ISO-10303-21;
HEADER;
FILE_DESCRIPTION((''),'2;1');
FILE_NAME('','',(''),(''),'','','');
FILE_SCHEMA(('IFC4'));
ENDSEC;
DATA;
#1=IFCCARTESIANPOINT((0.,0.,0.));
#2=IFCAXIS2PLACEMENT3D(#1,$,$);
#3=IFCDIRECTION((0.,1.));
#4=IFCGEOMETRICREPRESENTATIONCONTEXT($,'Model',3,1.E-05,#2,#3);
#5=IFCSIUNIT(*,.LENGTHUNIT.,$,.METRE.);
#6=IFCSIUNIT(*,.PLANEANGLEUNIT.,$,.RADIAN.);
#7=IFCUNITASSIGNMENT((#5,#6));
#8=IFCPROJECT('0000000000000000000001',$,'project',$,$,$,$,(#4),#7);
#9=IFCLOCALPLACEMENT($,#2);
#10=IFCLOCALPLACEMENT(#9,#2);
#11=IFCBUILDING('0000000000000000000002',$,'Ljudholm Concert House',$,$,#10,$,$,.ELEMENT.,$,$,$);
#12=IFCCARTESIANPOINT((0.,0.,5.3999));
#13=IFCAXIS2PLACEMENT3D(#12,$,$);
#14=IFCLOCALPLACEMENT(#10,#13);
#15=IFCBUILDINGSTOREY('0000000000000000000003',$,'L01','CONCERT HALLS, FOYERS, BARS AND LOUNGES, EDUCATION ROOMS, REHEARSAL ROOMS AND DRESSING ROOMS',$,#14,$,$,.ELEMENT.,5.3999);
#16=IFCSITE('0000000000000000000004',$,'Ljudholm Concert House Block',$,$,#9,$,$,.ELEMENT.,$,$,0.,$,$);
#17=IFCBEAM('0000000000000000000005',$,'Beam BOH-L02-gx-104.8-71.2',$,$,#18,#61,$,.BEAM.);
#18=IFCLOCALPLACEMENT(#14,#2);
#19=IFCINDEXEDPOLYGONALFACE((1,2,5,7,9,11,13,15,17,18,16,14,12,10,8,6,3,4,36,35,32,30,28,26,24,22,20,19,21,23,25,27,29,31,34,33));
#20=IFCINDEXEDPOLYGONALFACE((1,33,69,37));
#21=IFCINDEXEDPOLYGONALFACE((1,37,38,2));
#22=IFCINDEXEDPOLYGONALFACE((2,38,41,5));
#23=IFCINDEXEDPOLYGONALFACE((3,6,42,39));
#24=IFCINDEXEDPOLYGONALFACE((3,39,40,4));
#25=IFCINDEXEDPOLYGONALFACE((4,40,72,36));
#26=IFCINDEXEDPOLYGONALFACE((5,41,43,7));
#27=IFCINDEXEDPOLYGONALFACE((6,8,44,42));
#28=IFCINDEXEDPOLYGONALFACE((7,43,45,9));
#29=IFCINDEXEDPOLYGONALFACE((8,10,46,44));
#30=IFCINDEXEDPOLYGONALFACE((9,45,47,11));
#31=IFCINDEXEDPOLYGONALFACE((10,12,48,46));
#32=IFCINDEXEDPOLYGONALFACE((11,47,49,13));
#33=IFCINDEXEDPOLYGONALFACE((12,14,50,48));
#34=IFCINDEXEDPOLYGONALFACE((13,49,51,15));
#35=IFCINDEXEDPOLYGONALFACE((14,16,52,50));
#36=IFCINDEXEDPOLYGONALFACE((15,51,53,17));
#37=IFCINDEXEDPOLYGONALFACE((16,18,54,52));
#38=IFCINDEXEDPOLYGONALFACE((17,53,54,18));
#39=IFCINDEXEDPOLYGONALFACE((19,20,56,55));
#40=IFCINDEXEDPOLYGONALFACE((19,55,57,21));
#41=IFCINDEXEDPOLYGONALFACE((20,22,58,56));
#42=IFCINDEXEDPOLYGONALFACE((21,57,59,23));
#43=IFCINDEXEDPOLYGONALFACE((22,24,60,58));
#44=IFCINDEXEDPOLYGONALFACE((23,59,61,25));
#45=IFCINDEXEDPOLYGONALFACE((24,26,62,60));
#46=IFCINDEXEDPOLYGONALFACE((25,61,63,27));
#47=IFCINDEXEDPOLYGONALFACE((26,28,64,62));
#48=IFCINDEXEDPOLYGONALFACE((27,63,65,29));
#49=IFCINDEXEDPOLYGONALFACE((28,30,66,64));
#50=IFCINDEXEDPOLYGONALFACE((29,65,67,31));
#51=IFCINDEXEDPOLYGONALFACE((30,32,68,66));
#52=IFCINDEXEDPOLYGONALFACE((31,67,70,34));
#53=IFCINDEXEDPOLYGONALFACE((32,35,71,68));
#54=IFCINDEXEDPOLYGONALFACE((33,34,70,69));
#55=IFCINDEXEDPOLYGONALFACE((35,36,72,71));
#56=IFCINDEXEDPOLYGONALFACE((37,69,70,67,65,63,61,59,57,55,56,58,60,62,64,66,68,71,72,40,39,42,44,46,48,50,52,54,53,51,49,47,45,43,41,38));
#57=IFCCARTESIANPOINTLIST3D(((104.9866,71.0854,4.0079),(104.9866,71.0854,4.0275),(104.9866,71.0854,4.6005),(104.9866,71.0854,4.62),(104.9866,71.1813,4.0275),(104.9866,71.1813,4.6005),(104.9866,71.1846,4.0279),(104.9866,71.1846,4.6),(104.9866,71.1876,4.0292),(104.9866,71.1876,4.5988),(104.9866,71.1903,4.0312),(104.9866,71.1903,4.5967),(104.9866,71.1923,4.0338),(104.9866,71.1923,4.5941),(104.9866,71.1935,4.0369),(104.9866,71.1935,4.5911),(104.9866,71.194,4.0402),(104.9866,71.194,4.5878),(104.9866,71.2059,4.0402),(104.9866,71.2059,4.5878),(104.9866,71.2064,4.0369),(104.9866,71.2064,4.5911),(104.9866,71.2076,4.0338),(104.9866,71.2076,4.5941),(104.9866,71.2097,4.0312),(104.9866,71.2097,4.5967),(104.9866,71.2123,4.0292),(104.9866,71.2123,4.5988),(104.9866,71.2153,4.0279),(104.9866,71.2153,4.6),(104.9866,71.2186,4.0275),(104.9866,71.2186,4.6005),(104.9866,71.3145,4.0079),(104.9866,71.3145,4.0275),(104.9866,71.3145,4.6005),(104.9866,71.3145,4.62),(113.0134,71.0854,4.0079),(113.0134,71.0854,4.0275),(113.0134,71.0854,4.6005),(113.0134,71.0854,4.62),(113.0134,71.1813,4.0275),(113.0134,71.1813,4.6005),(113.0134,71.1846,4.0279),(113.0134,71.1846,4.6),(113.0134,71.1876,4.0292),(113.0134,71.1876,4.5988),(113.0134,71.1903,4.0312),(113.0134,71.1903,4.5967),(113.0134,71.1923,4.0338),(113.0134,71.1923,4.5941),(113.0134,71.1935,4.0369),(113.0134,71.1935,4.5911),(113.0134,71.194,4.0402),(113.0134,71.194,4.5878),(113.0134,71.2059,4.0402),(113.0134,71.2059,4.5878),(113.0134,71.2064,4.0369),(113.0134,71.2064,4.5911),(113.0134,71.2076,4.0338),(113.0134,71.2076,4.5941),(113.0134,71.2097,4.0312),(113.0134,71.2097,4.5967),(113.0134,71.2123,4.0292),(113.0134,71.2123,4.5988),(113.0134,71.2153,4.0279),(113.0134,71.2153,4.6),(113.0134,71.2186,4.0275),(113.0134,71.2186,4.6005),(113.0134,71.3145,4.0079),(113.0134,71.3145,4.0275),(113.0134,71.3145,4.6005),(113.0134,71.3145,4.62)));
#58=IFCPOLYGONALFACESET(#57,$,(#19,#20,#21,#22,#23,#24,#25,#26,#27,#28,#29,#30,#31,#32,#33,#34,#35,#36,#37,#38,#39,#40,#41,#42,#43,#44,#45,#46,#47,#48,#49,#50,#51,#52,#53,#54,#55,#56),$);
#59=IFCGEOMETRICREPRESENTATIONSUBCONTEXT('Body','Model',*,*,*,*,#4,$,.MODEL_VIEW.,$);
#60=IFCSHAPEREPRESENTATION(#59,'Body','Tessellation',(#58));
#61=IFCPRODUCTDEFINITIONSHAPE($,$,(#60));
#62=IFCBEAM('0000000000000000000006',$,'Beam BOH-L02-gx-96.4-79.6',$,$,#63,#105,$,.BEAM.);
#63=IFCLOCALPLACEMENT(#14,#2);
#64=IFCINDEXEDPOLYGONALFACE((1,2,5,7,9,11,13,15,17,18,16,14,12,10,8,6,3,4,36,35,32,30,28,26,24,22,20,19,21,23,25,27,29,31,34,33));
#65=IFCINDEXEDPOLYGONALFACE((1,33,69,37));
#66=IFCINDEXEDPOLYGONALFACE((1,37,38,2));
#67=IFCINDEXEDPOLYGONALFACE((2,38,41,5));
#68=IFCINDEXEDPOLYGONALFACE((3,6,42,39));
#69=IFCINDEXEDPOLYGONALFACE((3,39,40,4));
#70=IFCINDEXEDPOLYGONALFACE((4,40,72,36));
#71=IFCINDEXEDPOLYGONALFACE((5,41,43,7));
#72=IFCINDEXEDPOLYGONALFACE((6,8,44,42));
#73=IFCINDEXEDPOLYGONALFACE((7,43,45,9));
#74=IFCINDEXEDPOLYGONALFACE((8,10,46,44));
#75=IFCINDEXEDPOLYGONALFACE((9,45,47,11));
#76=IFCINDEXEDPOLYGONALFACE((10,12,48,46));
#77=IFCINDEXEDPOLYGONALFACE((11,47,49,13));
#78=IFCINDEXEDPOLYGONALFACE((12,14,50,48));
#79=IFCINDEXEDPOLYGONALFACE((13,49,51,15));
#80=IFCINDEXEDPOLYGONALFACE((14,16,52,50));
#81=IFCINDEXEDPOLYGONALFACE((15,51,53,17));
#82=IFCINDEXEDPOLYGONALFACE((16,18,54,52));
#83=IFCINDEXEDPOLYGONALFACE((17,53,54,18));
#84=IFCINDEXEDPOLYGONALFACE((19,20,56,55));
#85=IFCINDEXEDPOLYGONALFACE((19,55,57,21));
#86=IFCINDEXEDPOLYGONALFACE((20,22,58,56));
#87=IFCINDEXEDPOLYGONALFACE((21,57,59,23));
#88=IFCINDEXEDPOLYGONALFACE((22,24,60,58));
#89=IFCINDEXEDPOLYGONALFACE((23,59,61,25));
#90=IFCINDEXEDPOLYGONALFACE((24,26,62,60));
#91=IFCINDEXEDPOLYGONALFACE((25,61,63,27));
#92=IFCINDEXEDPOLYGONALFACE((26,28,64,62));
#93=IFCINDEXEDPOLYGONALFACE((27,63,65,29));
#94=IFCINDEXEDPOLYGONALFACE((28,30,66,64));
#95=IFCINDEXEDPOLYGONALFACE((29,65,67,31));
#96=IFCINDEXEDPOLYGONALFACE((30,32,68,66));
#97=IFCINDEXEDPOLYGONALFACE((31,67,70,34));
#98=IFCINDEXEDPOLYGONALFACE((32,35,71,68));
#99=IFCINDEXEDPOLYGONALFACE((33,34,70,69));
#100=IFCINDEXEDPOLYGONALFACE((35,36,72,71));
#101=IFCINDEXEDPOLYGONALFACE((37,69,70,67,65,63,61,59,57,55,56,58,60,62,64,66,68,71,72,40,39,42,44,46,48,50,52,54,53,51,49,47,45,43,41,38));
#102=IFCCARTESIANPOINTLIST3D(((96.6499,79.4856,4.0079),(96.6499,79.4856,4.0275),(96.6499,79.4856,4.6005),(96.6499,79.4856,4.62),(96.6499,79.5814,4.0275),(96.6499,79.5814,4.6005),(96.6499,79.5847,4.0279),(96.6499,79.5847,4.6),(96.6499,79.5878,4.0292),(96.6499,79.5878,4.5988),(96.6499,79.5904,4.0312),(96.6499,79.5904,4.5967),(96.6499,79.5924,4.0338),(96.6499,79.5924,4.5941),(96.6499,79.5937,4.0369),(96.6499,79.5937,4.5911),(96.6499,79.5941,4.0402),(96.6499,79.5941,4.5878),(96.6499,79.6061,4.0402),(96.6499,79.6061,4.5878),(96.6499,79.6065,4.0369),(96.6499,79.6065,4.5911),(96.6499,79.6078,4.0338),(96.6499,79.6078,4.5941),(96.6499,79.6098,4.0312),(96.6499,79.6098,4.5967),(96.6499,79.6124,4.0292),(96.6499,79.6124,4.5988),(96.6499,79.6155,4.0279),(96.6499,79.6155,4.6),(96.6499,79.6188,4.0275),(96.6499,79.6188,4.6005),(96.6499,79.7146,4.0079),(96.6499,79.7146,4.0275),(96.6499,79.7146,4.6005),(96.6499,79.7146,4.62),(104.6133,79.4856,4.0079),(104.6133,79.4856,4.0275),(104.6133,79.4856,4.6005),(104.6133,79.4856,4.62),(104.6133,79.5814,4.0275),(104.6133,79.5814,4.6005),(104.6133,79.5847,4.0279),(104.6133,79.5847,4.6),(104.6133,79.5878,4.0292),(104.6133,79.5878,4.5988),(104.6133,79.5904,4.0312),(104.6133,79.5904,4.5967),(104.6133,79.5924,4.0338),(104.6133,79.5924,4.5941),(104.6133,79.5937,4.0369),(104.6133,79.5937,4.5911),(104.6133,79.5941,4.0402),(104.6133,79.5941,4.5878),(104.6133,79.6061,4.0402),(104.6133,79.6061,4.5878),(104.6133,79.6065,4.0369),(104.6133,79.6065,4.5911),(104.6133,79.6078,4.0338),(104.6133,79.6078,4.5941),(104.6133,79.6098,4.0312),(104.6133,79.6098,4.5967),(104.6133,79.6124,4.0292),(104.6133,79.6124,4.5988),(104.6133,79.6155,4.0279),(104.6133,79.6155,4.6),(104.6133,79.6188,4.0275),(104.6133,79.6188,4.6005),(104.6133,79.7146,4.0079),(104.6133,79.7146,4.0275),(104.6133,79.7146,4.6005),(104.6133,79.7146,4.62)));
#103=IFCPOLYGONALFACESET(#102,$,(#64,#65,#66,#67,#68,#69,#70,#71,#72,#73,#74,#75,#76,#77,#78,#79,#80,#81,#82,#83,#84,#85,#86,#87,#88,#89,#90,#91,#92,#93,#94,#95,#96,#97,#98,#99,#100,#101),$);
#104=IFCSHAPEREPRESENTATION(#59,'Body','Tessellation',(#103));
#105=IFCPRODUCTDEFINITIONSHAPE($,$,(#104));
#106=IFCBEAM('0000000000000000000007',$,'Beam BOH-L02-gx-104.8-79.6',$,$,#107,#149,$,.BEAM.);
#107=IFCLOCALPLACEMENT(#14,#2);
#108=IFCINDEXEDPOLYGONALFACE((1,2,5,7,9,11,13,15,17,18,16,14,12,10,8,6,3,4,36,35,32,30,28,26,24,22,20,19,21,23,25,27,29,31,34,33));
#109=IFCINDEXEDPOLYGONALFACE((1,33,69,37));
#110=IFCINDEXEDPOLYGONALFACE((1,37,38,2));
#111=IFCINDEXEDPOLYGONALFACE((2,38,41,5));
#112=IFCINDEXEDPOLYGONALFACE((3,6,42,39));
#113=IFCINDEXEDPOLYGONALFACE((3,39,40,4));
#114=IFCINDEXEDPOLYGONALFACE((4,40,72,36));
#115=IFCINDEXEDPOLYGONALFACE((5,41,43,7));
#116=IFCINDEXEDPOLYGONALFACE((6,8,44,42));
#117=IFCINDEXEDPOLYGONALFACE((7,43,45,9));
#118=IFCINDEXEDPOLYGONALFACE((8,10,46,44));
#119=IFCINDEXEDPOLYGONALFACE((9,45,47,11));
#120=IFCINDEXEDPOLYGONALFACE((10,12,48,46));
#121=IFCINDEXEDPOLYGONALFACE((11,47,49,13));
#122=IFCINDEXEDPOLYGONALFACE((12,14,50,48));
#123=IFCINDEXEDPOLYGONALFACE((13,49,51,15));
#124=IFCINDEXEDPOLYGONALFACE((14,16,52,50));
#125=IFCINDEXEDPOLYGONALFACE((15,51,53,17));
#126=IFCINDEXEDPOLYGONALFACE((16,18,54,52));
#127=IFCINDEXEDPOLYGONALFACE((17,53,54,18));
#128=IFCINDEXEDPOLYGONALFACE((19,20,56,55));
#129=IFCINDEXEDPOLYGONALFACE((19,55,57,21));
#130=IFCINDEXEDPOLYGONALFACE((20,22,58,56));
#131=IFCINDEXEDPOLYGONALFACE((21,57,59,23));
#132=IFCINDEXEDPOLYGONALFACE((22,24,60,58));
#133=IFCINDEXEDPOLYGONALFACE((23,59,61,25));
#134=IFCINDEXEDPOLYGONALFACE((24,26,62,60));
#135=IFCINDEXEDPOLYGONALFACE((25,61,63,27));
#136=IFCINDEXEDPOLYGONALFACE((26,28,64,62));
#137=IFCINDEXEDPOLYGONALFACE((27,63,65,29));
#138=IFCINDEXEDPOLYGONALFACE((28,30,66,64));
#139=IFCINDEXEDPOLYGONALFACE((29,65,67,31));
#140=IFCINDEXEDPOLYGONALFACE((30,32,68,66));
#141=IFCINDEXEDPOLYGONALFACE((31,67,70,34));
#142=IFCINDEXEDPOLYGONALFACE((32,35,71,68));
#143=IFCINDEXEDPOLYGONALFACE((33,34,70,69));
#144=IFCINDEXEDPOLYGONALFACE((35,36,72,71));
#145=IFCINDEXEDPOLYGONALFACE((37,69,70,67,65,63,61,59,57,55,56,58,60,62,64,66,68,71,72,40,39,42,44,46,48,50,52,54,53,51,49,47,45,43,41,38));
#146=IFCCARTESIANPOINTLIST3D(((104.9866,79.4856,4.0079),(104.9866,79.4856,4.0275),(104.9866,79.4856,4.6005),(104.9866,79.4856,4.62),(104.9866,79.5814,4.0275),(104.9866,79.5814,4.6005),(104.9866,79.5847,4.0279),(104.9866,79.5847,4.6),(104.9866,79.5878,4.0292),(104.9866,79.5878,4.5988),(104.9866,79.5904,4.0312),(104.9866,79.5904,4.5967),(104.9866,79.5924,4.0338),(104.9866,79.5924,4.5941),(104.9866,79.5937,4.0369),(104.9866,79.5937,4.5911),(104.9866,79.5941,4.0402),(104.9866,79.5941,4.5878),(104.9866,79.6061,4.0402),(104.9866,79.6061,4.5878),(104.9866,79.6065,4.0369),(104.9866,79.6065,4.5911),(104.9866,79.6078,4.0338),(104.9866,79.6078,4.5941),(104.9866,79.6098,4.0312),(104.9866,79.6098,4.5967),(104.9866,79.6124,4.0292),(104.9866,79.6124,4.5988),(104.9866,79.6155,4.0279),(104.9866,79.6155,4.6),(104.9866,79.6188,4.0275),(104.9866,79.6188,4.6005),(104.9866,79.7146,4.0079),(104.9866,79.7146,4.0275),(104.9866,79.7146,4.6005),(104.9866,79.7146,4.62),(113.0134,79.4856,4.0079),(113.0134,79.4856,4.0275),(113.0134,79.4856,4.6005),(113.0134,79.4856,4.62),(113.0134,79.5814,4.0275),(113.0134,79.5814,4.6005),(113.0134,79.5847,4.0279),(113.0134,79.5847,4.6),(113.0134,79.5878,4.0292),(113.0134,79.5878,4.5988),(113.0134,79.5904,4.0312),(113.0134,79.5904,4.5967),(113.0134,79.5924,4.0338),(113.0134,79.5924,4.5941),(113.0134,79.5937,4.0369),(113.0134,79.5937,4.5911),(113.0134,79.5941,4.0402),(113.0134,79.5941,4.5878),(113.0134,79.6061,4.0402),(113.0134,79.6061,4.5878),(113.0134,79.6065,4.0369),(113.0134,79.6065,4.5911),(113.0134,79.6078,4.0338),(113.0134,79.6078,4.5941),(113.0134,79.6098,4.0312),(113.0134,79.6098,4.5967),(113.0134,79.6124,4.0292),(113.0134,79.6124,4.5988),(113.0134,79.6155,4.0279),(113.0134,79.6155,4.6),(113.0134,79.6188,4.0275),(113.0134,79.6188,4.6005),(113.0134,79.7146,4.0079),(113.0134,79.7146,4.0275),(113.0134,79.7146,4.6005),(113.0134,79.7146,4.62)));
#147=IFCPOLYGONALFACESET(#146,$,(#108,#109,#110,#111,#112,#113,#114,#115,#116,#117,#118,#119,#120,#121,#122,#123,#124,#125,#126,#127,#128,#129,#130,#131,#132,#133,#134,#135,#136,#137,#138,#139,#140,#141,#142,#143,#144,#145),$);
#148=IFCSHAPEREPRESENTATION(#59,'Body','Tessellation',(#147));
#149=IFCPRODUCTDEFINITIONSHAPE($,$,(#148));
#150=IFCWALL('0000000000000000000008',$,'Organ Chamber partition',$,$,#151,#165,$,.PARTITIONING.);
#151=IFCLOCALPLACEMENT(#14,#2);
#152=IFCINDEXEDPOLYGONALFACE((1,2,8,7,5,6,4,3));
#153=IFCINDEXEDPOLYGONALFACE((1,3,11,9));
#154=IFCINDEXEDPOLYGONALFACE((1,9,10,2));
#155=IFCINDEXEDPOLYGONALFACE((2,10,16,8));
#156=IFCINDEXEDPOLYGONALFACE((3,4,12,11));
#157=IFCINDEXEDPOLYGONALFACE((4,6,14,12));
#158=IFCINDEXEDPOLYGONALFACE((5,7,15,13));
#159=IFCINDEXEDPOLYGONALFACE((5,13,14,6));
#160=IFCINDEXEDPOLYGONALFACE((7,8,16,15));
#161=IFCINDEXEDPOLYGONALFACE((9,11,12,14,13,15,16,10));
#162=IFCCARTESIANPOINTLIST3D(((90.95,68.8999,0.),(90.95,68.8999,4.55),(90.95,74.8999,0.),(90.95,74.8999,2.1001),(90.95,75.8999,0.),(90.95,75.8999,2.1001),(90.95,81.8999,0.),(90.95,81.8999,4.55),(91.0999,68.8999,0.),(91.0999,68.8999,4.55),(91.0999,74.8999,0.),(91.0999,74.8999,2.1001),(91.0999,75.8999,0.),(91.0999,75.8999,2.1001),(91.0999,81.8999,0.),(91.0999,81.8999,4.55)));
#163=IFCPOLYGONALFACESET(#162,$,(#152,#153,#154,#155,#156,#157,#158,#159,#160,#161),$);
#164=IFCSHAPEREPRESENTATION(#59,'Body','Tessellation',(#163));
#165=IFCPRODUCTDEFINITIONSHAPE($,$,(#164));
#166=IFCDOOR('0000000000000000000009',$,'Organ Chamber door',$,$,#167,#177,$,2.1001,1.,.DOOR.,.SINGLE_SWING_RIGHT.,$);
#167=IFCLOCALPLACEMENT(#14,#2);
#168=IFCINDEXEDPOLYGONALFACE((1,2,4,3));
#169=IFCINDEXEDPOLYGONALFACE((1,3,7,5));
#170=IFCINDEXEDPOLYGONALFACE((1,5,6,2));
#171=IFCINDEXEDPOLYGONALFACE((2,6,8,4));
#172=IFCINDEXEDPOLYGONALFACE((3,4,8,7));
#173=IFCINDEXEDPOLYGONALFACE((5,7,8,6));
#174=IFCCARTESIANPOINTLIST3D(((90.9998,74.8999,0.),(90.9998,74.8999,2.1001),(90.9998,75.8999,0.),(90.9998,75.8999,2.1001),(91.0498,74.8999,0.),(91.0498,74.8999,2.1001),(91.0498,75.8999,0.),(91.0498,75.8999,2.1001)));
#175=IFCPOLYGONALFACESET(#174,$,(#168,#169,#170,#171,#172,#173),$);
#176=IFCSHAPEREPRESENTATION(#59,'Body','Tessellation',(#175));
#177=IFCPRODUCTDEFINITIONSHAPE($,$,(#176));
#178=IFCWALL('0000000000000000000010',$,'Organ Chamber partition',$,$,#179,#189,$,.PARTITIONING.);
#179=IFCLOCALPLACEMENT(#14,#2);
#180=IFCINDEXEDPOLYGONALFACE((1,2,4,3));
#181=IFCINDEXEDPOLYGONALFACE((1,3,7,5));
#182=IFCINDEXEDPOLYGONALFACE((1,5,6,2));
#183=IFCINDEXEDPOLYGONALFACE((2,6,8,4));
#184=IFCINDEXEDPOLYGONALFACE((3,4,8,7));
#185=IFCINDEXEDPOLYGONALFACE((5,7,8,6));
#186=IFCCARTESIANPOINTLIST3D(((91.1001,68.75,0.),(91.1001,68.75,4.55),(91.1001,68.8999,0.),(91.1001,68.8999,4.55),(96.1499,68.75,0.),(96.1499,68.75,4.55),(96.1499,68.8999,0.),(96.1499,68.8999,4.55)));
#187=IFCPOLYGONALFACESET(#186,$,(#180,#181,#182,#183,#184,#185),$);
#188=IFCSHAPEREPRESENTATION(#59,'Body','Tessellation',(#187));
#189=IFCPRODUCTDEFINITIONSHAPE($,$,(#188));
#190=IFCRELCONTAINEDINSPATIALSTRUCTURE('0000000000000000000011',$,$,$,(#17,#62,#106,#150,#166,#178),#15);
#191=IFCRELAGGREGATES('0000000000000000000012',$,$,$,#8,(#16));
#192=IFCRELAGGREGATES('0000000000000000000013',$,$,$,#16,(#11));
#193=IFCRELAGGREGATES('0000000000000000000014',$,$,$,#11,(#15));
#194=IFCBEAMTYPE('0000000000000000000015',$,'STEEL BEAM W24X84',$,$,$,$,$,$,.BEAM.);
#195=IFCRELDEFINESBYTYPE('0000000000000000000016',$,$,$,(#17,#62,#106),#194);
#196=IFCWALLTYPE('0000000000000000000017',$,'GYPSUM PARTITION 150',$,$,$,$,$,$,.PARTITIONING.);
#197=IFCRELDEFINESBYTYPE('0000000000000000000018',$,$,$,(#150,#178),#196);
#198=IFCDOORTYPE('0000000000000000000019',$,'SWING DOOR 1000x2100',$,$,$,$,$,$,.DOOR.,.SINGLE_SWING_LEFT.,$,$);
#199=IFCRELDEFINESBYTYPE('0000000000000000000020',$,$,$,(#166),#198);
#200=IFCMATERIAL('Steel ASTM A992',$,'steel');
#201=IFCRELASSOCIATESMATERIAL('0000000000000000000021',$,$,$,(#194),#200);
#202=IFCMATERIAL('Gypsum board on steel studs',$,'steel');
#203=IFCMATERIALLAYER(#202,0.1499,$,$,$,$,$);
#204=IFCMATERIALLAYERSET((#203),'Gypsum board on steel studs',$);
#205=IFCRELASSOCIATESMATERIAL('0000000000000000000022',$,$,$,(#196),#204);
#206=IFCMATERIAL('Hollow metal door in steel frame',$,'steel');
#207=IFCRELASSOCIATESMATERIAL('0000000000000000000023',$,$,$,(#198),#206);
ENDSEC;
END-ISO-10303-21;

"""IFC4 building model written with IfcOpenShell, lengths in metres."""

from ifc_helpers import new_model, si_unit, direction, frame, frame_2d, origin, origin_2d, place, context, subcontext, project, spatial, rectangle, i_section, extrude, material, layer, layer_set, material_profile, profile_set, type_object, element, fill, save


model = new_model("IFC4")

# Units and contexts
model_context = context("Model", 3, precision=1e-05, world=origin(), true_north=direction((0.0, 1.0)))
body_context = subcontext(model_context, "Body", "Model", "MODEL_VIEW")
ifc_project = project(units=[si_unit("LENGTHUNIT", "METRE"), si_unit("PLANEANGLEUNIT", "RADIAN")], contexts=[model_context])

# Site, building, storey
site_placement = place(None, origin())
site = spatial("IfcSite", under=ifc_project, at=site_placement, Name="Ljudholm Concert House Block", CompositionType="ELEMENT", RefElevation=0.0)
building_placement = place(site_placement, origin())
building = spatial("IfcBuilding", under=site, at=building_placement, Name="Ljudholm Concert House", CompositionType="ELEMENT")
storey_placement = place(building_placement, frame((0.0, 0.0, 5.3999)))
storey = spatial("IfcBuildingStorey", under=building, at=storey_placement, Name="L01", Description="CONCERT HALLS, FOYERS, BARS AND LOUNGES, EDUCATION ROOMS, REHEARSAL ROOMS AND DRESSING ROOMS", CompositionType="ELEMENT", Elevation=5.3999)

# Beams
ifc_material_1 = material(Name="Steel ASTM A992", Category="steel")
ifc_material_profile_1 = material_profile(ifc_material_1, i_section(OverallWidth=0.229, OverallDepth=0.6121, WebThickness=0.012, FlangeThickness=0.0195, FilletRadius=0.0127, at=origin_2d()), Name="W24X84")
ifc_profile_set_1 = profile_set([ifc_material_profile_1], Name="Steel ASTM A992")
beam_type_1 = type_object("IfcBeamType", Name="STEEL BEAM W24X84", PredefinedType="BEAM", material=ifc_profile_set_1)
beam_1_placement = place(storey_placement, frame((104.9866, 71.2, 4.314), z_axis=(1.0, 0.0, 0.0), x_axis=(0.0, 1.0, 0.0)))
element("IfcBeam", 1, at=beam_1_placement, inside=storey, type_object=beam_type_1, Name="Beam BOH-L02-gx-104.8-71.2", PredefinedType="BEAM", context=body_context, shape_type="SweptSolid", body=[
    extrude(i_section(OverallWidth=0.229, OverallDepth=0.6121, WebThickness=0.012, FlangeThickness=0.0195, FilletRadius=0.0127, at=origin_2d()), origin(), (0.0, 0.0, 1.0), 8.0269),
])
beam_2_placement = place(storey_placement, frame((96.6499, 79.6001, 4.314), z_axis=(1.0, 0.0, 0.0), x_axis=(0.0, 1.0, 0.0)))
element("IfcBeam", 2, at=beam_2_placement, inside=storey, type_object=beam_type_1, Name="Beam BOH-L02-gx-96.4-79.6", PredefinedType="BEAM", context=body_context, shape_type="SweptSolid", body=[
    extrude(i_section(OverallWidth=0.229, OverallDepth=0.6121, WebThickness=0.012, FlangeThickness=0.0195, FilletRadius=0.0127, at=origin_2d()), origin(), (0.0, 0.0, 1.0), 7.9634),
])
beam_3_placement = place(storey_placement, frame((104.9866, 79.6001, 4.314), z_axis=(1.0, 0.0, 0.0), x_axis=(0.0, 1.0, 0.0)))
element("IfcBeam", 3, at=beam_3_placement, inside=storey, type_object=beam_type_1, Name="Beam BOH-L02-gx-104.8-79.6", PredefinedType="BEAM", context=body_context, shape_type="SweptSolid", body=[
    extrude(i_section(OverallWidth=0.229, OverallDepth=0.6121, WebThickness=0.012, FlangeThickness=0.0195, FilletRadius=0.0127, at=origin_2d()), origin(), (0.0, 0.0, 1.0), 8.0269),
])

# Wall, opening, door
ifc_material_2 = material(Name="Gypsum board on steel studs", Category="steel")
ifc_layer = layer(ifc_material_2, 0.1499)
ifc_layer_set = layer_set([ifc_layer], Name="Gypsum board on steel studs")
wall_type = type_object("IfcWallType", Name="GYPSUM PARTITION 150", PredefinedType="PARTITIONING", material=ifc_layer_set)
wall_1_placement = place(storey_placement, frame((91.0249, 68.8999, 0.0), z_axis=(0.0, 0.0, 1.0), x_axis=(0.0, 1.0, 0.0)))
wall_1 = element("IfcWall", 4, at=wall_1_placement, inside=storey, type_object=wall_type, Name="Organ Chamber partition", PredefinedType="PARTITIONING", context=body_context, shape_type="SweptSolid", body=[
    extrude(rectangle(XDim=13.0, YDim=0.1499, at=frame_2d((6.5, 0.0))), origin(), (0.0, 0.0, 1.0), 4.55),
])
opening_1_placement = place(wall_1_placement, frame((6.0, 0.0, 0.0)))
opening_1 = element("IfcOpeningElement", 5, at=opening_1_placement, cuts=wall_1, PredefinedType="OPENING", context=body_context, shape_type="SweptSolid", body=[
    extrude(rectangle(XDim=1.0, YDim=2.1001, at=frame_2d((0.5, 1.05))), frame((0.0, 0.085, 0.0), z_axis=(0.0, -1.0, 0.0), x_axis=(1.0, 0.0, 0.0)), (0.0, 0.0, 1.0), 0.1699),
])
ifc_material_3 = material(Name="Hollow metal door in steel frame", Category="steel")
door_type = type_object("IfcDoorType", Name="SWING DOOR 1000x2100", OperationType="SINGLE_SWING_LEFT", PredefinedType="DOOR", material=ifc_material_3)
door_1_placement = place(opening_1_placement, frame((1.0, 0.0, 0.0), z_axis=(0.0, 0.0, 1.0), x_axis=(-1.0, 0.0, 0.0)))
door_1 = element("IfcDoor", 6, at=door_1_placement, inside=storey, type_object=door_type, Name="Organ Chamber door", OperationType="SINGLE_SWING_RIGHT", OverallHeight=2.1001, OverallWidth=1.0, PredefinedType="DOOR", context=body_context, shape_type="SweptSolid", body=[
    extrude(rectangle(XDim=1.0, YDim=2.1001, at=frame_2d((0.5, 1.05))), frame((0.0, 0.0249, 0.0), z_axis=(0.0, -1.0, 0.0), x_axis=(1.0, 0.0, 0.0)), (0.0, 0.0, 1.0), 0.05),
])
fill(opening_1, door_1)

# Wall
wall_2_placement = place(storey_placement, frame((91.1001, 68.825, 0.0), z_axis=(0.0, 0.0, 1.0), x_axis=(1.0, 0.0, 0.0)))
element("IfcWall", 7, at=wall_2_placement, inside=storey, type_object=wall_type, Name="Organ Chamber partition", PredefinedType="PARTITIONING", context=body_context, shape_type="SweptSolid", body=[
    extrude(rectangle(XDim=5.0498, YDim=0.1499, at=frame_2d((2.5249, 0.0))), origin(), (0.0, 0.0, 1.0), 4.55),
])

save(model, "model.ifc")
